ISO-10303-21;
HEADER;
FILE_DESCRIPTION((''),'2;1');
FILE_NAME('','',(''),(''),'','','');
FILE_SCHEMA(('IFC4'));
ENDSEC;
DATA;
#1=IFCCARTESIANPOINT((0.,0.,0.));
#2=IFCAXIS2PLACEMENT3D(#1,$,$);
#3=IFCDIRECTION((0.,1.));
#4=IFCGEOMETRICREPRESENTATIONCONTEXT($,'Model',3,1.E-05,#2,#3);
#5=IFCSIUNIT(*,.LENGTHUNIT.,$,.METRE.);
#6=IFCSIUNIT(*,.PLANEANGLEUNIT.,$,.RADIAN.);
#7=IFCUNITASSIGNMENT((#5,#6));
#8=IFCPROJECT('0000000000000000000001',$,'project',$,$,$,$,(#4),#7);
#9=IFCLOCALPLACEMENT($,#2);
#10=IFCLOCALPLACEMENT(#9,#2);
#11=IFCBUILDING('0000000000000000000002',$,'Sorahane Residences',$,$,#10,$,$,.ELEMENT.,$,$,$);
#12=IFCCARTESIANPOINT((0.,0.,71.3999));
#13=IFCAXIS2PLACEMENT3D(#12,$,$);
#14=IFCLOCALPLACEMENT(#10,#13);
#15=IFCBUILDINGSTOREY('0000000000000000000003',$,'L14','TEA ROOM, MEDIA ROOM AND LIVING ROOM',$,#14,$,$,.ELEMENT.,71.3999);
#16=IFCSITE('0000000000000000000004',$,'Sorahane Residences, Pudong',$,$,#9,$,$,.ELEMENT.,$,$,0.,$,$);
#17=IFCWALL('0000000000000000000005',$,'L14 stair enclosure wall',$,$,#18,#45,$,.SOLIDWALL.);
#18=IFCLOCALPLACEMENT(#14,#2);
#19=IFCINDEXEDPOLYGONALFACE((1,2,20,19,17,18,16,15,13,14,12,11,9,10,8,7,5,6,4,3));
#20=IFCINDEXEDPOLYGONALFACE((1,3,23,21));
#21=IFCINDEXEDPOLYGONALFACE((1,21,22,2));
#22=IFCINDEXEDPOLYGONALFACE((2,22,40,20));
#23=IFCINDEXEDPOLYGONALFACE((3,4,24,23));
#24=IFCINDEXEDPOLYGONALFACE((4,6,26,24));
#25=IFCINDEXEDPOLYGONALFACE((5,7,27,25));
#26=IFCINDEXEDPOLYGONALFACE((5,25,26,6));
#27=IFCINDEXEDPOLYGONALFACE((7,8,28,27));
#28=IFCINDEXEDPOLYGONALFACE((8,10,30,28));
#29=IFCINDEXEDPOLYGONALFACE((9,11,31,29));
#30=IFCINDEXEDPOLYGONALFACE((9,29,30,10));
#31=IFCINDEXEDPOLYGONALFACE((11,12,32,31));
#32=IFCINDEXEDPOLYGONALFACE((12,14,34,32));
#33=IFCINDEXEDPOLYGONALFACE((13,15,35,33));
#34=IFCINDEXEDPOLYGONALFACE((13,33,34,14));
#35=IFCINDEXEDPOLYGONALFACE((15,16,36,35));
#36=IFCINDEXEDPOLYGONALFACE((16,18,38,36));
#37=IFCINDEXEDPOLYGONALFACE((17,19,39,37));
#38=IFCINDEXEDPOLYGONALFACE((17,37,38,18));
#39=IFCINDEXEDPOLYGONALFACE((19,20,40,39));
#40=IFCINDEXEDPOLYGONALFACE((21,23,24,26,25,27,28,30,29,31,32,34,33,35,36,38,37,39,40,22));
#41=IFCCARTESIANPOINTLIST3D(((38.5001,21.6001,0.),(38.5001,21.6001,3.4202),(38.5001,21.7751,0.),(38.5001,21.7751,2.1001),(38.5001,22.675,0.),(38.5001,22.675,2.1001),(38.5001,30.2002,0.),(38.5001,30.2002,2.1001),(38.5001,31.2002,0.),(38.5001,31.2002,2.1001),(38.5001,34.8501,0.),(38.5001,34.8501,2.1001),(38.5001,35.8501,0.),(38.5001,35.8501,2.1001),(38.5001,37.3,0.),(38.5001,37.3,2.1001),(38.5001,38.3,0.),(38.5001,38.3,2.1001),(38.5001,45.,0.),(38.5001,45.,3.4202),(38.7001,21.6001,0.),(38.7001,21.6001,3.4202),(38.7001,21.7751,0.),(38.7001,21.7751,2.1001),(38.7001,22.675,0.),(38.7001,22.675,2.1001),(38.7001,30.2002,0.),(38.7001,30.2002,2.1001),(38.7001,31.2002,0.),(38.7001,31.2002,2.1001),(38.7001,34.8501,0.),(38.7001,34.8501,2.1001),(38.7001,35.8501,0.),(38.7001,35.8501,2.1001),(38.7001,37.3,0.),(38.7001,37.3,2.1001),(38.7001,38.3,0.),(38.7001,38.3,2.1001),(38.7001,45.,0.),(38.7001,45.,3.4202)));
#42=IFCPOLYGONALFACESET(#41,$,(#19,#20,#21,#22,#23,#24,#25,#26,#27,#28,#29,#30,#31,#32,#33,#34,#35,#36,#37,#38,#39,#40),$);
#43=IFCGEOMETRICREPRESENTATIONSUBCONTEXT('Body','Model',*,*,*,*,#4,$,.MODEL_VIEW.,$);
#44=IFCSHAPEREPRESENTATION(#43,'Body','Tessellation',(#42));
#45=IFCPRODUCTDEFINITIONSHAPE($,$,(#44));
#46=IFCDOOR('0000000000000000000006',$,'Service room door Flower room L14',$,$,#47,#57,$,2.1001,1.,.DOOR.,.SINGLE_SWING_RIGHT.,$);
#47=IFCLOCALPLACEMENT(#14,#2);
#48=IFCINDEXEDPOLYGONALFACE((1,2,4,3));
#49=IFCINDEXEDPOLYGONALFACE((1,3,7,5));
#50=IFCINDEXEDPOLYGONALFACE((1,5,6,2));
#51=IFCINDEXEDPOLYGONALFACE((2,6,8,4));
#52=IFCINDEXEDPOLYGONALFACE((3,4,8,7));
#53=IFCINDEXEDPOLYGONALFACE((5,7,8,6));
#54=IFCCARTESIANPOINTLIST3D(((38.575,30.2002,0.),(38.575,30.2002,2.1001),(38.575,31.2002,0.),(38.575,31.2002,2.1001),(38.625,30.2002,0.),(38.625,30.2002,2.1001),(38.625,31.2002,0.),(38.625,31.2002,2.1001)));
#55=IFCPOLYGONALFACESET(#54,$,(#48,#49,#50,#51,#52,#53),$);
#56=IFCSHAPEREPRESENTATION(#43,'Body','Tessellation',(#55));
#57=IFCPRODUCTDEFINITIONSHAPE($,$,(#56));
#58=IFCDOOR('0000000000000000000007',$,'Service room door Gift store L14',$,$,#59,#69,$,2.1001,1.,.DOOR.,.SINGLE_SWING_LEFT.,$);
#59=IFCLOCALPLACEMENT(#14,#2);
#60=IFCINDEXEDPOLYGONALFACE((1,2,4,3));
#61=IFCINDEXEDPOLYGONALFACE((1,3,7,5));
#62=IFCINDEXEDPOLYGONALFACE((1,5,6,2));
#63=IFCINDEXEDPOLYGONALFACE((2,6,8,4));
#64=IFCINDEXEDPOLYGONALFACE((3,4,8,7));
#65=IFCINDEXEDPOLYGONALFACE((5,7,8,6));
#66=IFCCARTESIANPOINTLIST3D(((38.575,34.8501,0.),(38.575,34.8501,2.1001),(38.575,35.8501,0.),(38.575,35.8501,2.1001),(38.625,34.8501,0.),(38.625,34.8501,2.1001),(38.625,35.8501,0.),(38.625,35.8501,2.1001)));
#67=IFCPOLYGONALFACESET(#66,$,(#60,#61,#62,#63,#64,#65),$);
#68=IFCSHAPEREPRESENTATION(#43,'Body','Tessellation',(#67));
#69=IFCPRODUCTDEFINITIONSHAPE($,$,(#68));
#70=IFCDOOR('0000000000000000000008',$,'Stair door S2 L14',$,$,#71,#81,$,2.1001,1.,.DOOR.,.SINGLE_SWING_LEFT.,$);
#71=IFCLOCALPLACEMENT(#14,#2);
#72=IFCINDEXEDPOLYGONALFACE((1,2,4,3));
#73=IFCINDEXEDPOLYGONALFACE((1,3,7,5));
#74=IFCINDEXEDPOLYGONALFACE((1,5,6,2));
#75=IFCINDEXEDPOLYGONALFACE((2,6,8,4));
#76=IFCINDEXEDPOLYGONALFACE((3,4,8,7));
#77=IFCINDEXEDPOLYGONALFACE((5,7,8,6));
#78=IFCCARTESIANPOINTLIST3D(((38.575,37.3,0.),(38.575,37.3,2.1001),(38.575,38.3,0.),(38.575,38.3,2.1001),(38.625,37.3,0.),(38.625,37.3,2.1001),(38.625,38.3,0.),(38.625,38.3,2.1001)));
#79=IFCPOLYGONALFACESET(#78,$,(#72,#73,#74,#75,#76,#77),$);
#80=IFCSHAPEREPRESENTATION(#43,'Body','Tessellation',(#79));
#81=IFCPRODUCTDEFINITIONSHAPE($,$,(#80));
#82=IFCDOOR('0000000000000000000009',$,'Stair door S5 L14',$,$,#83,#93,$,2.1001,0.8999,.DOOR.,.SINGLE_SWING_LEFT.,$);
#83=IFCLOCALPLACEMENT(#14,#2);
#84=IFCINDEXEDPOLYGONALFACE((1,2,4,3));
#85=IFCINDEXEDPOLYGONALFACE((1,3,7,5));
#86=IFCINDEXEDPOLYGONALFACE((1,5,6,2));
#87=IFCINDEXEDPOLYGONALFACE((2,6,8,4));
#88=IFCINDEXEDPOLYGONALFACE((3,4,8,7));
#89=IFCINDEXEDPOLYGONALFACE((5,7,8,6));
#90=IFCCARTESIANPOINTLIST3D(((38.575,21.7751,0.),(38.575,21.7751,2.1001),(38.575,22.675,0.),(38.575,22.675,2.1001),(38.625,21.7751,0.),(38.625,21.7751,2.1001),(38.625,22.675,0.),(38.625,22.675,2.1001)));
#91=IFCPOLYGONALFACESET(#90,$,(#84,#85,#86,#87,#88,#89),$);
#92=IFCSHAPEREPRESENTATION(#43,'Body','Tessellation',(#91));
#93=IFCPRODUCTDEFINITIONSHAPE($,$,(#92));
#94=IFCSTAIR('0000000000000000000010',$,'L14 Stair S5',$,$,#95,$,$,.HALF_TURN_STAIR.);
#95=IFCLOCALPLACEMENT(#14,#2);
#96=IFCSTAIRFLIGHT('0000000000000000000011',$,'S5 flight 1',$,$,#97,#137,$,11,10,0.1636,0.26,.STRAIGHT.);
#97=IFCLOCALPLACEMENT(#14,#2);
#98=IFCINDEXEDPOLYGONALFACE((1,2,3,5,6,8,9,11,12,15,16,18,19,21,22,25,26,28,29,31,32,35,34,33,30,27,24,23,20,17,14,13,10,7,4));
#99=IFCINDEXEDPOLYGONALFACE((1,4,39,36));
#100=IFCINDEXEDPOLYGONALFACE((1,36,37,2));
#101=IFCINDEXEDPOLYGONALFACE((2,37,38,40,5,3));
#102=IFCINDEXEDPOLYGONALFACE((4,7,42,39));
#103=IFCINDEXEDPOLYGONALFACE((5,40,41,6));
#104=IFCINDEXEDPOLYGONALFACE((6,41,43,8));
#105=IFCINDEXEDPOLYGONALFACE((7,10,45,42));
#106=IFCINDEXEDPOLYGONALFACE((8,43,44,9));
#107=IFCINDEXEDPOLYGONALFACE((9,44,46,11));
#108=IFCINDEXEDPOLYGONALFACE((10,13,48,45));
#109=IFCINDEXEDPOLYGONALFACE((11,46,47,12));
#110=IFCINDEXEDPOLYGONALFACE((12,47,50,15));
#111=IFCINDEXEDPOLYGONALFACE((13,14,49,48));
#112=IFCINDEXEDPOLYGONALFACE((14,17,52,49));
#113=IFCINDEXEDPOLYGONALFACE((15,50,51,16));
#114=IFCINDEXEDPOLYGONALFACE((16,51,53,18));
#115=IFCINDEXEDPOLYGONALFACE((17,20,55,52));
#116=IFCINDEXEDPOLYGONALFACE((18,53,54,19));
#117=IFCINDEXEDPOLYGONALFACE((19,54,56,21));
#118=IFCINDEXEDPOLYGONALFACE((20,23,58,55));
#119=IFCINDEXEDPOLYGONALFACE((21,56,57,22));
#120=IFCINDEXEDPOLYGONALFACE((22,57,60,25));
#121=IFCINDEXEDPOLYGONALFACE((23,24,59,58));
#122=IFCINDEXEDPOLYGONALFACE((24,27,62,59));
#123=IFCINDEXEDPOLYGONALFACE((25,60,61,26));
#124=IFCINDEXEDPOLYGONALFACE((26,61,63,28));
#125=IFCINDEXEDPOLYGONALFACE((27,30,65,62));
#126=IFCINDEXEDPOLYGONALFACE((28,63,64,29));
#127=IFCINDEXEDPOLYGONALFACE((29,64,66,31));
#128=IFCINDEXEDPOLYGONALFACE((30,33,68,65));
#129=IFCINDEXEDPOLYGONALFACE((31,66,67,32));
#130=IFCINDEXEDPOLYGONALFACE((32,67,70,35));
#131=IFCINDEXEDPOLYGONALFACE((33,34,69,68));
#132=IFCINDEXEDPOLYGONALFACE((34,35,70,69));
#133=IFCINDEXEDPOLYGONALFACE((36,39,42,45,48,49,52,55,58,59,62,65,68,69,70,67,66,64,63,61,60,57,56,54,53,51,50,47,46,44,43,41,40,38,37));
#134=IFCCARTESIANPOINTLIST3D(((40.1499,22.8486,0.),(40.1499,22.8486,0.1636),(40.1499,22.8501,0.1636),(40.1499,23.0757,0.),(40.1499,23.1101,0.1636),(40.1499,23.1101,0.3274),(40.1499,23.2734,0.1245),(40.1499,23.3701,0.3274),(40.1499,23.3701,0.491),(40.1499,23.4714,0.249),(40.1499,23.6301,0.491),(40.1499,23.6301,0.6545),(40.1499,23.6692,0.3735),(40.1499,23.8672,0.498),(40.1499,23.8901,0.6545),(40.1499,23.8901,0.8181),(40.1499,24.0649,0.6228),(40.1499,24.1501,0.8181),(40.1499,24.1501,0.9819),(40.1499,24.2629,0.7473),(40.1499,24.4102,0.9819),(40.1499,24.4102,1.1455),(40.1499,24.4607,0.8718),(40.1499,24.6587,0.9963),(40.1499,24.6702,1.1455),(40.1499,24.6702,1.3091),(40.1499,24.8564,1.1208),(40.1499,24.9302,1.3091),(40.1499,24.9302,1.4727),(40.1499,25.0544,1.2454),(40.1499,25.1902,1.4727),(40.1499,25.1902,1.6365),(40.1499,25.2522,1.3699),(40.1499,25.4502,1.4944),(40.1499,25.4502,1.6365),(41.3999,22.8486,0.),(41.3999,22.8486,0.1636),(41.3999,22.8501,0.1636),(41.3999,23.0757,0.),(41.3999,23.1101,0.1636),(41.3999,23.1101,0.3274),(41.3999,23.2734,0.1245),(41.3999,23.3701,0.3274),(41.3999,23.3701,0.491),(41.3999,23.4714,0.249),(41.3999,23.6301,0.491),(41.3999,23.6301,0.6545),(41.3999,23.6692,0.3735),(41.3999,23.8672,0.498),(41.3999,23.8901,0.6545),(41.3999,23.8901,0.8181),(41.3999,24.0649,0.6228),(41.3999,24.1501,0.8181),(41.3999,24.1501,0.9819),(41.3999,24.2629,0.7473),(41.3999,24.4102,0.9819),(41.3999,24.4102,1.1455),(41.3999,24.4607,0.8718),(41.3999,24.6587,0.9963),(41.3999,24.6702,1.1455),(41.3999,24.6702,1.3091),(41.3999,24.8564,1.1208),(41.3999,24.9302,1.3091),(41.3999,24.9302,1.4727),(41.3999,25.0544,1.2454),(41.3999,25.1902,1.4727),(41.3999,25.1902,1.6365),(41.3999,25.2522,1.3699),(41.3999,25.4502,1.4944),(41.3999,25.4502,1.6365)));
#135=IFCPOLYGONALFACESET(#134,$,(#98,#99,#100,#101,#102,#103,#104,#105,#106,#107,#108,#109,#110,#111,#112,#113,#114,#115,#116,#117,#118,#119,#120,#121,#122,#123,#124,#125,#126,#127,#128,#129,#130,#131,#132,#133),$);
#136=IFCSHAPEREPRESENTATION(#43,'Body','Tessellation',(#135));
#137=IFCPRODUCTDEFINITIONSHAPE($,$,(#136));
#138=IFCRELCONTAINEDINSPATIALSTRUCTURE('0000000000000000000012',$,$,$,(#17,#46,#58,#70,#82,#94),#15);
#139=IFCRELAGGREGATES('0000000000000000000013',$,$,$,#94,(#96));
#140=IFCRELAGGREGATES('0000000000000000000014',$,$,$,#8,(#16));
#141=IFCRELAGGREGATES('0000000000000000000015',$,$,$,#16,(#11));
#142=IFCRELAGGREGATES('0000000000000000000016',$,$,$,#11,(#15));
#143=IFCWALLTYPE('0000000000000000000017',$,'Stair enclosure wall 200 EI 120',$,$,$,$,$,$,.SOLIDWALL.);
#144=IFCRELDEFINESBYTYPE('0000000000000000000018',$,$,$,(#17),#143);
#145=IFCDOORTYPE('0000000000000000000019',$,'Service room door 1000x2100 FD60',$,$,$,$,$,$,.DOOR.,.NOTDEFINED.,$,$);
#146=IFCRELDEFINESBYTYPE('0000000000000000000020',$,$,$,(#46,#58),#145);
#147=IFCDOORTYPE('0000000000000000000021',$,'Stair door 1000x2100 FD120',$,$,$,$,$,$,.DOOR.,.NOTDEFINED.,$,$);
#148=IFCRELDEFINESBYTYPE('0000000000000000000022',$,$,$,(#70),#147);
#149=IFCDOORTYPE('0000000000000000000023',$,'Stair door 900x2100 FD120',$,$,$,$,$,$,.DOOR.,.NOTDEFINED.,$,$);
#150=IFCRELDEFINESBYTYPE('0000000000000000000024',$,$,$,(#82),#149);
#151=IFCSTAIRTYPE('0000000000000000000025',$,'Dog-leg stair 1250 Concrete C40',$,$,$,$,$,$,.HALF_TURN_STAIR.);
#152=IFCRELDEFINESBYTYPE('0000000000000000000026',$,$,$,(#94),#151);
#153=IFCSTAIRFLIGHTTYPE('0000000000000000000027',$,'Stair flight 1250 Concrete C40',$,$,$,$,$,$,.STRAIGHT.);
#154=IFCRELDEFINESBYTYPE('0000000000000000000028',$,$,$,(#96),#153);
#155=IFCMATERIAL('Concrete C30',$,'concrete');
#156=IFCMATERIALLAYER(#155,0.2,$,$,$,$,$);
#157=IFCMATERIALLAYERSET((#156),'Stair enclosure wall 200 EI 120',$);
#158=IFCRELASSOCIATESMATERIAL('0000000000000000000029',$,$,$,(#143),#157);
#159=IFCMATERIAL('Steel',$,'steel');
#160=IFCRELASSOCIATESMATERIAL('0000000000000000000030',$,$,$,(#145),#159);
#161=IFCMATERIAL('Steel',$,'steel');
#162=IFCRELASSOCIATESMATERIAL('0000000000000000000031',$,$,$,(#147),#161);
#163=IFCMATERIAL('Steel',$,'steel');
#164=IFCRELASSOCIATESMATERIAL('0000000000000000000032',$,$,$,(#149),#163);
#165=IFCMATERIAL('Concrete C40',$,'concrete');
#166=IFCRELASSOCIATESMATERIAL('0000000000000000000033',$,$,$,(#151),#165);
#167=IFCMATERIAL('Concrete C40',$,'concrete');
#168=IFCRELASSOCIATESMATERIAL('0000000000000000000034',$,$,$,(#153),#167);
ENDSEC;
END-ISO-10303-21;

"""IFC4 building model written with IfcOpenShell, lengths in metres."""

from ifc_helpers import new_model, si_unit, direction, frame, frame_2d, origin, place, context, subcontext, project, spatial, polyline, rectangle, outline, extrude, material, layer, layer_set, type_object, element, fill, aggregate, save


model = new_model("IFC4")

# Units and contexts
model_context = context("Model", 3, precision=1e-05, world=origin(), true_north=direction((0.0, 1.0)))
body_context = subcontext(model_context, "Body", "Model", "MODEL_VIEW")
ifc_project = project(units=[si_unit("LENGTHUNIT", "METRE"), si_unit("PLANEANGLEUNIT", "RADIAN")], contexts=[model_context])

# Site, building, storey
site_placement = place(None, origin())
site = spatial("IfcSite", under=ifc_project, at=site_placement, Name="Sorahane Residences, Pudong", CompositionType="ELEMENT", RefElevation=0.0)
building_placement = place(site_placement, origin())
building = spatial("IfcBuilding", under=site, at=building_placement, Name="Sorahane Residences", CompositionType="ELEMENT")
storey_placement = place(building_placement, frame((0.0, 0.0, 71.3999)))
storey = spatial("IfcBuildingStorey", under=building, at=storey_placement, Name="L14", Description="TEA ROOM, MEDIA ROOM AND LIVING ROOM", CompositionType="ELEMENT", Elevation=71.3999)

# Wall, openings, doors
ifc_material_1 = material(Name="Concrete C30", Category="concrete")
ifc_layer_1 = layer(ifc_material_1, 0.2)
ifc_layer_set_1 = layer_set([ifc_layer_1], Name="Stair enclosure wall 200 EI 120")
wall_type_1 = type_object("IfcWallType", Name="Stair enclosure wall 200 EI 120", PredefinedType="SOLIDWALL", material=ifc_layer_set_1)
wall_1_placement = place(storey_placement, frame((38.6001, 21.6001, 0.0), z_axis=(0.0, 0.0, 1.0), x_axis=(0.0, 1.0, 0.0)))
wall_1 = element("IfcWall", 1, at=wall_1_placement, inside=storey, type_object=wall_type_1, Name="L14 stair enclosure wall", PredefinedType="SOLIDWALL", context=body_context, shape_type="SweptSolid", body=[
    extrude(rectangle(XDim=23.3999, YDim=0.2, at=frame_2d((11.7, 0.0))), origin(), (0.0, 0.0, 1.0), 3.4202),
])
opening_1_placement = place(wall_1_placement, frame((8.6001, 0.0, 0.0)))
opening_1 = element("IfcOpeningElement", 2, at=opening_1_placement, cuts=wall_1, PredefinedType="OPENING", context=body_context, shape_type="SweptSolid", body=[
    extrude(rectangle(XDim=1.0, YDim=2.1001, at=frame_2d((0.5, 1.05))), frame((0.0, 0.1099, 0.0), z_axis=(0.0, -1.0, 0.0), x_axis=(1.0, 0.0, 0.0)), (0.0, 0.0, 1.0), 0.22),
])
opening_2_placement = place(wall_1_placement, frame((13.25, 0.0, 0.0)))
opening_2 = element("IfcOpeningElement", 3, at=opening_2_placement, cuts=wall_1, PredefinedType="OPENING", context=body_context, shape_type="SweptSolid", body=[
    extrude(rectangle(XDim=1.0, YDim=2.1001, at=frame_2d((0.5, 1.05))), frame((0.0, 0.1099, 0.0), z_axis=(0.0, -1.0, 0.0), x_axis=(1.0, 0.0, 0.0)), (0.0, 0.0, 1.0), 0.22),
])
opening_3_placement = place(wall_1_placement, frame((15.7, 0.0, 0.0)))
opening_3 = element("IfcOpeningElement", 4, at=opening_3_placement, cuts=wall_1, PredefinedType="OPENING", context=body_context, shape_type="SweptSolid", body=[
    extrude(rectangle(XDim=1.0, YDim=2.1001, at=frame_2d((0.5, 1.05))), frame((0.0, 0.1099, 0.0), z_axis=(0.0, -1.0, 0.0), x_axis=(1.0, 0.0, 0.0)), (0.0, 0.0, 1.0), 0.22),
])
opening_4_placement = place(wall_1_placement, frame((0.175, 0.0, 0.0)))
opening_4 = element("IfcOpeningElement", 5, at=opening_4_placement, cuts=wall_1, PredefinedType="OPENING", context=body_context, shape_type="SweptSolid", body=[
    extrude(rectangle(XDim=0.8999, YDim=2.1001, at=frame_2d((0.45, 1.05))), frame((0.0, 0.1099, 0.0), z_axis=(0.0, -1.0, 0.0), x_axis=(1.0, 0.0, 0.0)), (0.0, 0.0, 1.0), 0.22),
])
ifc_material_2 = material(Name="Steel", Category="steel")
door_type_1 = type_object("IfcDoorType", Name="Service room door 1000x2100 FD60", OperationType="NOTDEFINED", PredefinedType="DOOR", material=ifc_material_2)
door_1_placement = place(opening_1_placement, frame((1.0, 0.0, 0.0), z_axis=(0.0, 0.0, 1.0), x_axis=(-1.0, 0.0, 0.0)))
door_1 = element("IfcDoor", 6, at=door_1_placement, inside=storey, type_object=door_type_1, Name="Service room door Flower room L14", OperationType="SINGLE_SWING_RIGHT", OverallHeight=2.1001, OverallWidth=1.0, PredefinedType="DOOR", context=body_context, shape_type="SweptSolid", body=[
    extrude(rectangle(XDim=1.0, YDim=2.1001, at=frame_2d((0.5, 1.05))), frame((0.0, 0.0249, 0.0), z_axis=(0.0, -1.0, 0.0), x_axis=(1.0, 0.0, 0.0)), (0.0, 0.0, 1.0), 0.05),
])
fill(opening_1, door_1)
door_2_placement = place(opening_2_placement, frame((1.0, 0.0, 0.0), z_axis=(0.0, 0.0, 1.0), x_axis=(-1.0, 0.0, 0.0)))
door_2 = element("IfcDoor", 7, at=door_2_placement, inside=storey, type_object=door_type_1, Name="Service room door Gift store L14", OperationType="SINGLE_SWING_LEFT", OverallHeight=2.1001, OverallWidth=1.0, PredefinedType="DOOR", context=body_context, shape_type="SweptSolid", body=[
    extrude(rectangle(XDim=1.0, YDim=2.1001, at=frame_2d((0.5, 1.05))), frame((0.0, 0.0249, 0.0), z_axis=(0.0, -1.0, 0.0), x_axis=(1.0, 0.0, 0.0)), (0.0, 0.0, 1.0), 0.05),
])
fill(opening_2, door_2)
ifc_material_3 = material(Name="Steel", Category="steel")
door_type_2 = type_object("IfcDoorType", Name="Stair door 1000x2100 FD120", OperationType="NOTDEFINED", PredefinedType="DOOR", material=ifc_material_3)
door_3_placement = place(opening_3_placement, frame((1.0, 0.0, 0.0), z_axis=(0.0, 0.0, 1.0), x_axis=(-1.0, 0.0, 0.0)))
door_3 = element("IfcDoor", 8, at=door_3_placement, inside=storey, type_object=door_type_2, Name="Stair door S2 L14", OperationType="SINGLE_SWING_LEFT", OverallHeight=2.1001, OverallWidth=1.0, PredefinedType="DOOR", context=body_context, shape_type="SweptSolid", body=[
    extrude(rectangle(XDim=1.0, YDim=2.1001, at=frame_2d((0.5, 1.05))), frame((0.0, 0.0249, 0.0), z_axis=(0.0, -1.0, 0.0), x_axis=(1.0, 0.0, 0.0)), (0.0, 0.0, 1.0), 0.05),
])
fill(opening_3, door_3)
ifc_material_4 = material(Name="Steel", Category="steel")
door_type_3 = type_object("IfcDoorType", Name="Stair door 900x2100 FD120", OperationType="NOTDEFINED", PredefinedType="DOOR", material=ifc_material_4)
door_4_placement = place(opening_4_placement, frame((0.8999, 0.0, 0.0), z_axis=(0.0, 0.0, 1.0), x_axis=(-1.0, 0.0, 0.0)))
door_4 = element("IfcDoor", 9, at=door_4_placement, inside=storey, type_object=door_type_3, Name="Stair door S5 L14", OperationType="SINGLE_SWING_LEFT", OverallHeight=2.1001, OverallWidth=0.8999, PredefinedType="DOOR", context=body_context, shape_type="SweptSolid", body=[
    extrude(rectangle(XDim=0.8999, YDim=2.1001, at=frame_2d((0.45, 1.05))), frame((0.0, 0.0249, 0.0), z_axis=(0.0, -1.0, 0.0), x_axis=(1.0, 0.0, 0.0)), (0.0, 0.0, 1.0), 0.05),
])
fill(opening_4, door_4)

# Stair, stair flight
ifc_material_5 = material(Name="Concrete C40", Category="concrete")
stair_type = type_object("IfcStairType", Name="Dog-leg stair 1250 Concrete C40", PredefinedType="HALF_TURN_STAIR", material=ifc_material_5)
stair_placement = place(storey_placement, origin())
stair = element("IfcStair", 10, at=stair_placement, inside=storey, type_object=stair_type, Name="L14 Stair S5", PredefinedType="HALF_TURN_STAIR")
ifc_material_6 = material(Name="Concrete C40", Category="concrete")
stair_flight_type = type_object("IfcStairFlightType", Name="Stair flight 1250 Concrete C40", PredefinedType="STRAIGHT", material=ifc_material_6)
stair_flight_placement = place(storey_placement, frame((40.7749, 22.8501, 0.0), z_axis=(0.0, 0.0, 1.0), x_axis=(0.0, 1.0, 0.0)))
stair_flight = element("IfcStairFlight", 11, at=stair_flight_placement, type_object=stair_flight_type, Name="S5 flight 1", NumberOfRisers=11, NumberOfTreads=10, PredefinedType="STRAIGHT", RiserHeight=0.1636, TreadLength=0.26, context=body_context, shape_type="SweptSolid", body=[
    extrude(outline(polyline([(-0.0015, 0.0), (-0.0015, 0.1636), (0.0, 0.1636), (0.26, 0.1636), (0.26, 0.3274), (0.52, 0.3274), (0.52, 0.491), (0.78, 0.491), (0.78, 0.6545), (1.04, 0.6545), (1.04, 0.8181), (1.3, 0.8181), (1.3, 0.9819), (1.5601, 0.9819), (1.5601, 1.1455), (1.8201, 1.1455), (1.8201, 1.3091), (2.0801, 1.3091), (2.0801, 1.4727), (2.3401, 1.4727), (2.3401, 1.6365), (2.6001, 1.6365), (2.6001, 1.8), (2.6001, 1.4944), (2.4021, 1.3699), (2.2043, 1.2454), (2.0063, 1.1208), (1.8086, 0.9963), (1.6106, 0.8718), (1.4128, 0.7473), (1.2148, 0.6228), (1.0171, 0.498), (0.8191, 0.3735), (0.6213, 0.249), (0.4233, 0.1245), (0.2256, 0.0), (-0.0015, 0.0)])), frame((0.0, 0.625, 0.0), z_axis=(0.0, -1.0, 0.0), x_axis=(1.0, 0.0, 0.0)), (0.0, 0.0, 1.0), 1.25),
])
aggregate(stair, [stair_flight])

save(model, "model.ifc")
